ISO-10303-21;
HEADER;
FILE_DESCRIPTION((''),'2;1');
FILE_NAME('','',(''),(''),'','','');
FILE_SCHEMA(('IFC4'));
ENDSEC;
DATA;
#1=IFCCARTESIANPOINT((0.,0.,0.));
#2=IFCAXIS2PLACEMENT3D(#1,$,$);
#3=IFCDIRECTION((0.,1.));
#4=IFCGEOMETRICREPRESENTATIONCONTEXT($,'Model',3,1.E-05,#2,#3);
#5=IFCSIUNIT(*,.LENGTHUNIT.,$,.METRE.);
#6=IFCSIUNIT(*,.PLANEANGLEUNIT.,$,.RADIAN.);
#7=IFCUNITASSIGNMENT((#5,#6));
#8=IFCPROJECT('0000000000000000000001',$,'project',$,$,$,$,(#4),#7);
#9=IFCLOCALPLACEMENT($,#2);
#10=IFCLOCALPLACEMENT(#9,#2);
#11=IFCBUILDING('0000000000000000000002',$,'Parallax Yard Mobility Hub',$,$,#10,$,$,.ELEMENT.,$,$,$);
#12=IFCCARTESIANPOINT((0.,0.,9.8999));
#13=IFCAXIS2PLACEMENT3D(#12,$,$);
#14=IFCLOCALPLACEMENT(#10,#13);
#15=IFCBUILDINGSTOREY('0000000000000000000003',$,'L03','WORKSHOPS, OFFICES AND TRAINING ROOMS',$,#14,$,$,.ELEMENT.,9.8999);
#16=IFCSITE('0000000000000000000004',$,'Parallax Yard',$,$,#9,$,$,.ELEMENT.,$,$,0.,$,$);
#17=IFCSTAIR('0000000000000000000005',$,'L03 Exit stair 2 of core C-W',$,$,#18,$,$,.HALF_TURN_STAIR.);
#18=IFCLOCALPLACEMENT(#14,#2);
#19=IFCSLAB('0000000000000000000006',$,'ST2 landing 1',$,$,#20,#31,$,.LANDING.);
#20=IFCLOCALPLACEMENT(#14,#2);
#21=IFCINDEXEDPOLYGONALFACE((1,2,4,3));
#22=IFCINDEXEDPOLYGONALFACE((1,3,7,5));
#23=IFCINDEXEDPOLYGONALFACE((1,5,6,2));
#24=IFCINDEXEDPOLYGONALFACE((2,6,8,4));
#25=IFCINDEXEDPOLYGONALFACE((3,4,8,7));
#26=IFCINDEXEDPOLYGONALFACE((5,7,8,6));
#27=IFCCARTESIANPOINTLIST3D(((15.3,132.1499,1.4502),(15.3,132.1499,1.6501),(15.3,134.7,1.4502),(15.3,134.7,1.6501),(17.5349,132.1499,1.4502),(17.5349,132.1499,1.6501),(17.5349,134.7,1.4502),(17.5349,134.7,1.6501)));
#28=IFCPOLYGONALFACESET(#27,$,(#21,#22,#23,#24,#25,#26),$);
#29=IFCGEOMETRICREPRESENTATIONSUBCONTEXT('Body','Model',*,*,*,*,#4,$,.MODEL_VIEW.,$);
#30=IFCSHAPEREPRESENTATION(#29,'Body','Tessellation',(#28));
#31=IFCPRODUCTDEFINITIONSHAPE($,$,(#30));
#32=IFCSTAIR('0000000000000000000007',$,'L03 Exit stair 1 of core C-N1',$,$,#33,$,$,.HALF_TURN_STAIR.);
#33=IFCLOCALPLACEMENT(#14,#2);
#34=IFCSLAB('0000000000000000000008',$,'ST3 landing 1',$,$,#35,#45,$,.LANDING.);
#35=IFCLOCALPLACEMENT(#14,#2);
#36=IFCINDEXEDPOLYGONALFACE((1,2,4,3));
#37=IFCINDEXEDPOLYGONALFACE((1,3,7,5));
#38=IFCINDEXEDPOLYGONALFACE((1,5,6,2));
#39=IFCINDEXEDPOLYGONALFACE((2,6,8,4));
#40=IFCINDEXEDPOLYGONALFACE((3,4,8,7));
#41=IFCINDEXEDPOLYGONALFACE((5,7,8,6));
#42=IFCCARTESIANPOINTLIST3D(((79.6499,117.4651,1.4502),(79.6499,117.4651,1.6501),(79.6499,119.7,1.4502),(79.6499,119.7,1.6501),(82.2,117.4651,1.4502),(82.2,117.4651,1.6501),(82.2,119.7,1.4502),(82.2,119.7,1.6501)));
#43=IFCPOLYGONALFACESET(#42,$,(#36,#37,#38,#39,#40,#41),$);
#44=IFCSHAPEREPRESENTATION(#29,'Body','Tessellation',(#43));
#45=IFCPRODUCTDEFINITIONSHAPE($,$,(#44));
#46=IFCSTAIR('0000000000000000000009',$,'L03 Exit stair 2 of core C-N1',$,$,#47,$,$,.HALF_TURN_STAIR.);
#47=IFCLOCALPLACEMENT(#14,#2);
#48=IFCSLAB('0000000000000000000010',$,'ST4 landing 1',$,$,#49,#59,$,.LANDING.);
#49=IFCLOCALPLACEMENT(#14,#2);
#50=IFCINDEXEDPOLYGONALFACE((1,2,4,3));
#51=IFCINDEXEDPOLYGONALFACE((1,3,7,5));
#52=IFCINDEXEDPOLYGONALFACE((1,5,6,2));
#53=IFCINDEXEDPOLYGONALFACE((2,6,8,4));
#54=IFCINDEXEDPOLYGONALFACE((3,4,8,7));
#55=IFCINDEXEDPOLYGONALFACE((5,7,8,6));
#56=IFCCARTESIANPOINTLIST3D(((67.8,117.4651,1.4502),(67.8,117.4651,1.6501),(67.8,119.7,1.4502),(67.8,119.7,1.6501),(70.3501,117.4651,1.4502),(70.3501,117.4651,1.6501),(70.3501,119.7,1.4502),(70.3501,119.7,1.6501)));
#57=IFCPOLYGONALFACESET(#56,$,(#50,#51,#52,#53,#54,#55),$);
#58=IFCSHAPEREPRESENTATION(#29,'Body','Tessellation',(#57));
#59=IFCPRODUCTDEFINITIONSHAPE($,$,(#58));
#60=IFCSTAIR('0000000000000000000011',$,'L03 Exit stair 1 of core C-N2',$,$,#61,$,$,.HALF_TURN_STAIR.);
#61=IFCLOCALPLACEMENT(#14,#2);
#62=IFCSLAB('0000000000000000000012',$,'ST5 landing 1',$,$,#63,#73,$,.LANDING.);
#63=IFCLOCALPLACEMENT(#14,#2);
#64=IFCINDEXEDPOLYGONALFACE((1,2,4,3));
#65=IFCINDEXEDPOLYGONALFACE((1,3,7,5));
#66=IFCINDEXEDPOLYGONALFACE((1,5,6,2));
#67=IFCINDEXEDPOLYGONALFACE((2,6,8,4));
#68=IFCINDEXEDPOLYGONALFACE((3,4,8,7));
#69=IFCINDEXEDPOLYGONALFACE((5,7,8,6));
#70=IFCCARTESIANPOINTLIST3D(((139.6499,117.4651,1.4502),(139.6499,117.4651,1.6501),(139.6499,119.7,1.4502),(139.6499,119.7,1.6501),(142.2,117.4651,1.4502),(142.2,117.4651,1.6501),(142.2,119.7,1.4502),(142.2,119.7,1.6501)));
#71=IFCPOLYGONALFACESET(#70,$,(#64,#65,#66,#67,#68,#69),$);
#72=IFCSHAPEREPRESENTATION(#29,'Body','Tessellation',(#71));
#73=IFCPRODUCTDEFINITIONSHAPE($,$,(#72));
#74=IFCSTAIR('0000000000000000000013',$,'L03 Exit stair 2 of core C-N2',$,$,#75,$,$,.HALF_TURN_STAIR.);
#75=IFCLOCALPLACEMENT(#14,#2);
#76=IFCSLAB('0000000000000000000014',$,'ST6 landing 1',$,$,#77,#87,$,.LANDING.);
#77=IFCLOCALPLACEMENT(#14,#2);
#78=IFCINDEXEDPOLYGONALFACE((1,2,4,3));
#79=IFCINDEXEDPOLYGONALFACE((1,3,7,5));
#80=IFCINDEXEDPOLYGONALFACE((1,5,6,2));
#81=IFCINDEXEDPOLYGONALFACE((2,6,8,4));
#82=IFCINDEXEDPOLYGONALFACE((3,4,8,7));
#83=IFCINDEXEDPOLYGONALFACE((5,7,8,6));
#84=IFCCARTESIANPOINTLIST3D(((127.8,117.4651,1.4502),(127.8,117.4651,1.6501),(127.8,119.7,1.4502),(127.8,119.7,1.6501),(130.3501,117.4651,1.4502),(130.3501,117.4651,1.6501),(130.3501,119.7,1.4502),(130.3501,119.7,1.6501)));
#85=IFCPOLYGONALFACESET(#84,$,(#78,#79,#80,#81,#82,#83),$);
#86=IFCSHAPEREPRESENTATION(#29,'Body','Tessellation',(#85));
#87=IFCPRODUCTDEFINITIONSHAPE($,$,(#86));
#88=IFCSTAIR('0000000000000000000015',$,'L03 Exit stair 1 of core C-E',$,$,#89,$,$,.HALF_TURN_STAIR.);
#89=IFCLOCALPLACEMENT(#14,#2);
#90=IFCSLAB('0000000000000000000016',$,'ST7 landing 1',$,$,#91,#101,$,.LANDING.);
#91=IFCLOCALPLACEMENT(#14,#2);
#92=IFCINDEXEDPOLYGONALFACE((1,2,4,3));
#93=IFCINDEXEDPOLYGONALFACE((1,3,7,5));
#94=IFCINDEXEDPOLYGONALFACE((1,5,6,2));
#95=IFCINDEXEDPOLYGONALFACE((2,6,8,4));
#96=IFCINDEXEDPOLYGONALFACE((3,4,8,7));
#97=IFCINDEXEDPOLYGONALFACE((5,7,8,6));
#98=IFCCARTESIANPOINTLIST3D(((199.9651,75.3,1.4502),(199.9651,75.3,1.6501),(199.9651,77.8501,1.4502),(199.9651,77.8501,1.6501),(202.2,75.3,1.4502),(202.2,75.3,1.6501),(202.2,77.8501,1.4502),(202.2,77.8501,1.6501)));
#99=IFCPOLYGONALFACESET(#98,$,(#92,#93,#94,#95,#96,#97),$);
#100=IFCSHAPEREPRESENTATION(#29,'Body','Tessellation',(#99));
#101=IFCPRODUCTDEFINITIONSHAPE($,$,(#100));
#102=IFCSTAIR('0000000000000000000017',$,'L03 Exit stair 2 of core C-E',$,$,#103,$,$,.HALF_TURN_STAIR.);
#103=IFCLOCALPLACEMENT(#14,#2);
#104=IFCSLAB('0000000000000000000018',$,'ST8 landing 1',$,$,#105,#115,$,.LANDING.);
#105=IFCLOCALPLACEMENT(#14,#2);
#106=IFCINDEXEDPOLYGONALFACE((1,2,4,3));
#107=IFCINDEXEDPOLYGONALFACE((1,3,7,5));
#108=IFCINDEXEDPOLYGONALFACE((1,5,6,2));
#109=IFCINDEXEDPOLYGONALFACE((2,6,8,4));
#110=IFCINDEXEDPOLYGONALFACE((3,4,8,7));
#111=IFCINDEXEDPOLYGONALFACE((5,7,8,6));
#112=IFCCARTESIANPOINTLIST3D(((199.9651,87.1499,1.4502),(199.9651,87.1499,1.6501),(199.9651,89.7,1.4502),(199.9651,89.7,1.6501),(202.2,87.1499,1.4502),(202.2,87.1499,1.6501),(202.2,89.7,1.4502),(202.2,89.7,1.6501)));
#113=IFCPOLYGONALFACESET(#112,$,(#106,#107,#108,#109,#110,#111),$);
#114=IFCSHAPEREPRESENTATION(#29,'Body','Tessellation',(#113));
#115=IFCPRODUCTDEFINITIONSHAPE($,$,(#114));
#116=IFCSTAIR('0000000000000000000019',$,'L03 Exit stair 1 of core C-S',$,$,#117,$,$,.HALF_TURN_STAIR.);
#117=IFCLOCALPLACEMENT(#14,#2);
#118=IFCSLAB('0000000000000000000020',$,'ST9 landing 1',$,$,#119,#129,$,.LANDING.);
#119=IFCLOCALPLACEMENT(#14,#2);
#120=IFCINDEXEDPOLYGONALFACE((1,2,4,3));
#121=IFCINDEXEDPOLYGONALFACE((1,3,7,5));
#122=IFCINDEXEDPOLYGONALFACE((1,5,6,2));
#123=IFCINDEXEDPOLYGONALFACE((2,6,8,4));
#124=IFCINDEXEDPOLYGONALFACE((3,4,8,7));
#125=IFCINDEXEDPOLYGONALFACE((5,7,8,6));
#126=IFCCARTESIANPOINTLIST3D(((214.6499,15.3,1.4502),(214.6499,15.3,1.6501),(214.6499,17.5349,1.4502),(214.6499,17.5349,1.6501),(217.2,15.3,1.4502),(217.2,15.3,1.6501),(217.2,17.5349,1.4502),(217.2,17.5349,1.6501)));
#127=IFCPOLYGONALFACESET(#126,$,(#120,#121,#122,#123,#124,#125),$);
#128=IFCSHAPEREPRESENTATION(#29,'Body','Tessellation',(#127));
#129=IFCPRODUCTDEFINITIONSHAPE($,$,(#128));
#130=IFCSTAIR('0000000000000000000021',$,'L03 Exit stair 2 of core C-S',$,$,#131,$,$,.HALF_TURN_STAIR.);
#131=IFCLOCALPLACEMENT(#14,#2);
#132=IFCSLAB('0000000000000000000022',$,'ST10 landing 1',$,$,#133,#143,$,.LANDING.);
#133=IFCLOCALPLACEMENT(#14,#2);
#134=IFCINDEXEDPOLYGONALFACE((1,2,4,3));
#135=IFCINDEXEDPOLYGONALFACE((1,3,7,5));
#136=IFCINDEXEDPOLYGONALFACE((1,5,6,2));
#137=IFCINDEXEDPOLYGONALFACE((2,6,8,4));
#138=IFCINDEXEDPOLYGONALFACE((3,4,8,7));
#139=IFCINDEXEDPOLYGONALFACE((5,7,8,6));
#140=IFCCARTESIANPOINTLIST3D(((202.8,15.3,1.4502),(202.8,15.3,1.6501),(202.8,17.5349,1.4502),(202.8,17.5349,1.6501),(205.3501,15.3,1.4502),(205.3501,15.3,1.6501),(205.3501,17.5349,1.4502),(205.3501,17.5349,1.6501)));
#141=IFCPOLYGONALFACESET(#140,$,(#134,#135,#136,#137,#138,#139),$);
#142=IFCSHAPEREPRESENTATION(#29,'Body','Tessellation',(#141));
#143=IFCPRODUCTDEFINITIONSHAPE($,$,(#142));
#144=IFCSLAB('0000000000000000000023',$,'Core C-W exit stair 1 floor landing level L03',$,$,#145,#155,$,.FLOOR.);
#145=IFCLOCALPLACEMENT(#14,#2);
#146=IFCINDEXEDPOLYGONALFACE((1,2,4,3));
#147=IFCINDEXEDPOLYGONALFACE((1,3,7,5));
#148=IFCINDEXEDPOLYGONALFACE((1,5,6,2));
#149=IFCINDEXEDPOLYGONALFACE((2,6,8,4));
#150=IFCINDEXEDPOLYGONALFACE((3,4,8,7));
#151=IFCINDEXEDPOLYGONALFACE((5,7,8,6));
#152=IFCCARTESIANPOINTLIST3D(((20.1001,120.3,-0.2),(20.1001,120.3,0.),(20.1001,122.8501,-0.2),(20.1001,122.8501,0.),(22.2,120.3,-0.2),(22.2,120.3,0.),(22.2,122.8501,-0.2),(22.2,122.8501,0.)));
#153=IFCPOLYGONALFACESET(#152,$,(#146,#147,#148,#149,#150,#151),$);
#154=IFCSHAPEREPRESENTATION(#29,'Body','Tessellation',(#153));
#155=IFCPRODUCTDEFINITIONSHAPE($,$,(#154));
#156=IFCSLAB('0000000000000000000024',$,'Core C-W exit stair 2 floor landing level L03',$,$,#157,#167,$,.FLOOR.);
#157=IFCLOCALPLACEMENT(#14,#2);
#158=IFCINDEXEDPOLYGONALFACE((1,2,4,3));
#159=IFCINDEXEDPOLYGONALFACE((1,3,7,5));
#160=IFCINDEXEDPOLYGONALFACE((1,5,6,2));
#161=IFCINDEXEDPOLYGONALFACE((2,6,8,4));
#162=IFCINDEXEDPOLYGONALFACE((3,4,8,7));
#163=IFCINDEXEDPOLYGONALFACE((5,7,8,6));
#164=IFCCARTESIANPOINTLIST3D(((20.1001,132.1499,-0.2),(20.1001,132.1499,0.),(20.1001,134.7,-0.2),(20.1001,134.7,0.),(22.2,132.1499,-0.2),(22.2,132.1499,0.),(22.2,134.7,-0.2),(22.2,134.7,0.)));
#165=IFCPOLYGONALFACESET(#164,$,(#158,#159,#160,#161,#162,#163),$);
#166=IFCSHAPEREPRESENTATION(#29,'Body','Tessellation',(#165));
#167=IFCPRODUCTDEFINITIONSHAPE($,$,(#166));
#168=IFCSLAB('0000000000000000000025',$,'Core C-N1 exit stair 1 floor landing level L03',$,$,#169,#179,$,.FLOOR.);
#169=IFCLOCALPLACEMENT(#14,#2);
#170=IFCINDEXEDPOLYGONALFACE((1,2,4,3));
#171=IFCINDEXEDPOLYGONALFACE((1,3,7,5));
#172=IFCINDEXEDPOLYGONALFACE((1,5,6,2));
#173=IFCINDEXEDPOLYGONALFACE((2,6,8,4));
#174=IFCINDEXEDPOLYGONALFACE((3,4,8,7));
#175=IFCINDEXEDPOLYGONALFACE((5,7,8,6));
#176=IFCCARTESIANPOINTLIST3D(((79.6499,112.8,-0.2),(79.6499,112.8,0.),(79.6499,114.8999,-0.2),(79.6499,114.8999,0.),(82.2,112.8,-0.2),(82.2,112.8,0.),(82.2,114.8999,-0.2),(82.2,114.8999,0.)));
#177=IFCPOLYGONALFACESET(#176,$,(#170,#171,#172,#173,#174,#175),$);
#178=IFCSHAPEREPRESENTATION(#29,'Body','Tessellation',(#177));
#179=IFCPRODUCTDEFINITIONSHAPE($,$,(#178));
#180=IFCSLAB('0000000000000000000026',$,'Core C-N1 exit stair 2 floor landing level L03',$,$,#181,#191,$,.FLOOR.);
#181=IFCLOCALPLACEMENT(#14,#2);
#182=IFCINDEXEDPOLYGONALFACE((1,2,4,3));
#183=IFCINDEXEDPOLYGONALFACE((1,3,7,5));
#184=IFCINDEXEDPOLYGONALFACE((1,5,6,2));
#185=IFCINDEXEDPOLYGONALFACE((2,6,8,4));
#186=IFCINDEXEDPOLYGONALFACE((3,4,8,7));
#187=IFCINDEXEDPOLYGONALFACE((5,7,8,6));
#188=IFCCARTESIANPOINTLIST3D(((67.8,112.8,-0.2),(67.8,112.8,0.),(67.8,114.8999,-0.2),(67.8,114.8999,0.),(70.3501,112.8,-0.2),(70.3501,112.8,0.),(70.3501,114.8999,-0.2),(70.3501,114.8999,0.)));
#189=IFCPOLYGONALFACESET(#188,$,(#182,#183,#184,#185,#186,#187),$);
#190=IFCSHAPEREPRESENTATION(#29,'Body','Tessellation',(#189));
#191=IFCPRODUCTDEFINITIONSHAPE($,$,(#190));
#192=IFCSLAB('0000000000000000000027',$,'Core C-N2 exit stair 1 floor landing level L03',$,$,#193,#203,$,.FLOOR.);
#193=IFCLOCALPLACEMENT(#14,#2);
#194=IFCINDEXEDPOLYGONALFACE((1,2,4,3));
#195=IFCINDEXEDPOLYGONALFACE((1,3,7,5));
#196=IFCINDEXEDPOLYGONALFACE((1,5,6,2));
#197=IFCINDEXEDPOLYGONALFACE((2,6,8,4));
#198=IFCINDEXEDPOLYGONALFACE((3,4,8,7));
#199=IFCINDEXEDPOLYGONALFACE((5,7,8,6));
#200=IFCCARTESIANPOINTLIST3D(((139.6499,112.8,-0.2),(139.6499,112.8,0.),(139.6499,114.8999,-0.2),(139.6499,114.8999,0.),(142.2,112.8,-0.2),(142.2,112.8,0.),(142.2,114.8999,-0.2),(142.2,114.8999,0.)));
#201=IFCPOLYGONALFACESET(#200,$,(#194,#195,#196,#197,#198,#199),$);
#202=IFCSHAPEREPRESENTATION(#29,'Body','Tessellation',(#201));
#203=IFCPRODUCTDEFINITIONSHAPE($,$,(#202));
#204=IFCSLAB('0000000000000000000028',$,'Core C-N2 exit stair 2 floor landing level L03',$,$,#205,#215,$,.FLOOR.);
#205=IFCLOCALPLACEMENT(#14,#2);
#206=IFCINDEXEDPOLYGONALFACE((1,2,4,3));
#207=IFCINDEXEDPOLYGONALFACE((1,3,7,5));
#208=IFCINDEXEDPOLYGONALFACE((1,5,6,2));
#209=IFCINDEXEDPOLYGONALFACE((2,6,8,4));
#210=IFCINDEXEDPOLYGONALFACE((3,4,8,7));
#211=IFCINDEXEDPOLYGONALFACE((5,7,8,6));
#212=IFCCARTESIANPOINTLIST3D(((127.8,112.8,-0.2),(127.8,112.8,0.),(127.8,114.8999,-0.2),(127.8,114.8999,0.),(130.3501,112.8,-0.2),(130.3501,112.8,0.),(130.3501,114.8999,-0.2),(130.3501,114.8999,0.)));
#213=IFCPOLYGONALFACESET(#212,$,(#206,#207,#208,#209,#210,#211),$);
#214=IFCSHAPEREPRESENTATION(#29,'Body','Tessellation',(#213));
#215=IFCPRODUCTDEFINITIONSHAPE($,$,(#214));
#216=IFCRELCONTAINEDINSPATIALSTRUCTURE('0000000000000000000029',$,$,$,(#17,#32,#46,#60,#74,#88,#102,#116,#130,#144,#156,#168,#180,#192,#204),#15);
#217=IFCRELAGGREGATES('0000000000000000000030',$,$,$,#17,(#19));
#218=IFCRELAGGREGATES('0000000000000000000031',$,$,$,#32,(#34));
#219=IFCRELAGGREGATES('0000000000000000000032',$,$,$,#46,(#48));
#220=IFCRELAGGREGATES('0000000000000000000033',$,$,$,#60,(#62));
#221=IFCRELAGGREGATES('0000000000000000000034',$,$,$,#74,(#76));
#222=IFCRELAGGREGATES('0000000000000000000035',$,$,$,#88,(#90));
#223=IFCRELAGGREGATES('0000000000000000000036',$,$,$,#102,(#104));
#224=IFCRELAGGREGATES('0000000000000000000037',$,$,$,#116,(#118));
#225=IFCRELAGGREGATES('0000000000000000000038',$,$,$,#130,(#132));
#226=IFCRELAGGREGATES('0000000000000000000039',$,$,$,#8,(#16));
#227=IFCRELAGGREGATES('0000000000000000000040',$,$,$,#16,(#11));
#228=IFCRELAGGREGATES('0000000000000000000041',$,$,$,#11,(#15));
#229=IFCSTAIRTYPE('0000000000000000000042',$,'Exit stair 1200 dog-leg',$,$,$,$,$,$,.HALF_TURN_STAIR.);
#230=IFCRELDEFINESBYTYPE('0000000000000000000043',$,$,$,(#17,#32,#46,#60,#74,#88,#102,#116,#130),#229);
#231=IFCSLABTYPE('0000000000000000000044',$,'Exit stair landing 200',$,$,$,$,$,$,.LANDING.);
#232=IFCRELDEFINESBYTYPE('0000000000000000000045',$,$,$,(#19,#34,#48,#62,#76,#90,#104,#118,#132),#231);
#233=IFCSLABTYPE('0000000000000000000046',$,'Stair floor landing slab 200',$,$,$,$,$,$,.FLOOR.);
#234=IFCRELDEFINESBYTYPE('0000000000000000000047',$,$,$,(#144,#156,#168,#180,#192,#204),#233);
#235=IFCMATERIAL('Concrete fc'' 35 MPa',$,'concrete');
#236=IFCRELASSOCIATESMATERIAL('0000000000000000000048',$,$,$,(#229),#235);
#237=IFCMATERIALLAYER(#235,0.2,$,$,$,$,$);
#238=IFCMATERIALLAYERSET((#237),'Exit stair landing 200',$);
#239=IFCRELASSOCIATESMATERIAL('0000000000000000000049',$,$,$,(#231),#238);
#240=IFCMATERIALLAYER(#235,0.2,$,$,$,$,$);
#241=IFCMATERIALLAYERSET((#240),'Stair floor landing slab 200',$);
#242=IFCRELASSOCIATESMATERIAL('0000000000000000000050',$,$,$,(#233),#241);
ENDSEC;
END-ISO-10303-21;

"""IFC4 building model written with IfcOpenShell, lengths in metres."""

from ifc_helpers import new_model, si_unit, direction, frame, origin, place, context, subcontext, project, spatial, polyline, outline, extrude, material, layer, layer_set, type_object, element, aggregate, save


model = new_model("IFC4")

# Units and contexts
model_context = context("Model", 3, precision=1e-05, world=origin(), true_north=direction((0.0, 1.0)))
body_context = subcontext(model_context, "Body", "Model", "MODEL_VIEW")
ifc_project = project(units=[si_unit("LENGTHUNIT", "METRE"), si_unit("PLANEANGLEUNIT", "RADIAN")], contexts=[model_context])

# Site, building, storey
site_placement = place(None, origin())
site = spatial("IfcSite", under=ifc_project, at=site_placement, Name="Parallax Yard", CompositionType="ELEMENT", RefElevation=0.0)
building_placement = place(site_placement, origin())
building = spatial("IfcBuilding", under=site, at=building_placement, Name="Parallax Yard Mobility Hub", CompositionType="ELEMENT")
storey_placement = place(building_placement, frame((0.0, 0.0, 9.8999)))
storey = spatial("IfcBuildingStorey", under=building, at=storey_placement, Name="L03", Description="WORKSHOPS, OFFICES AND TRAINING ROOMS", CompositionType="ELEMENT", Elevation=9.8999)

# Shared definitions
ifc_material_1 = material(Name="Concrete fc' 35 MPa", Category="concrete")

# Stairs, slabs
stair_type = type_object("IfcStairType", Name="Exit stair 1200 dog-leg", PredefinedType="HALF_TURN_STAIR", material=ifc_material_1)
ifc_layer_1 = layer(ifc_material_1, 0.2)
ifc_layer_set_1 = layer_set([ifc_layer_1], Name="Exit stair landing 200")
slab_type_1 = type_object("IfcSlabType", Name="Exit stair landing 200", PredefinedType="LANDING", material=ifc_layer_set_1)
stair_1_placement = place(storey_placement, origin())
stair_1 = element("IfcStair", 1, at=stair_1_placement, inside=storey, type_object=stair_type, Name="L03 Exit stair 2 of core C-W", PredefinedType="HALF_TURN_STAIR")
slab_1_placement = place(storey_placement, frame((0.0, 0.0, 1.4502)))
slab_1 = element("IfcSlab", 2, at=slab_1_placement, type_object=slab_type_1, Name="ST2 landing 1", PredefinedType="LANDING", context=body_context, shape_type="SweptSolid", body=[
    extrude(outline(polyline([(17.5349, 134.7), (15.3, 134.7), (15.3, 132.1499), (17.5349, 132.1499), (17.5349, 134.7)])), origin(), (0.0, 0.0, 1.0), 0.2),
])
aggregate(stair_1, [slab_1])
stair_2_placement = place(storey_placement, origin())
stair_2 = element("IfcStair", 3, at=stair_2_placement, inside=storey, type_object=stair_type, Name="L03 Exit stair 1 of core C-N1", PredefinedType="HALF_TURN_STAIR")
slab_2_placement = place(storey_placement, frame((0.0, 0.0, 1.4502)))
slab_2 = element("IfcSlab", 4, at=slab_2_placement, type_object=slab_type_1, Name="ST3 landing 1", PredefinedType="LANDING", context=body_context, shape_type="SweptSolid", body=[
    extrude(outline(polyline([(82.2, 117.4651), (82.2, 119.7), (79.6499, 119.7), (79.6499, 117.4651), (82.2, 117.4651)])), origin(), (0.0, 0.0, 1.0), 0.2),
])
aggregate(stair_2, [slab_2])
stair_3_placement = place(storey_placement, origin())
stair_3 = element("IfcStair", 5, at=stair_3_placement, inside=storey, type_object=stair_type, Name="L03 Exit stair 2 of core C-N1", PredefinedType="HALF_TURN_STAIR")
slab_3_placement = place(storey_placement, frame((0.0, 0.0, 1.4502)))
slab_3 = element("IfcSlab", 6, at=slab_3_placement, type_object=slab_type_1, Name="ST4 landing 1", PredefinedType="LANDING", context=body_context, shape_type="SweptSolid", body=[
    extrude(outline(polyline([(70.3501, 117.4651), (70.3501, 119.7), (67.8, 119.7), (67.8, 117.4651), (70.3501, 117.4651)])), origin(), (0.0, 0.0, 1.0), 0.2),
])
aggregate(stair_3, [slab_3])
stair_4_placement = place(storey_placement, origin())
stair_4 = element("IfcStair", 7, at=stair_4_placement, inside=storey, type_object=stair_type, Name="L03 Exit stair 1 of core C-N2", PredefinedType="HALF_TURN_STAIR")
slab_4_placement = place(storey_placement, frame((0.0, 0.0, 1.4502)))
slab_4 = element("IfcSlab", 8, at=slab_4_placement, type_object=slab_type_1, Name="ST5 landing 1", PredefinedType="LANDING", context=body_context, shape_type="SweptSolid", body=[
    extrude(outline(polyline([(142.2, 117.4651), (142.2, 119.7), (139.6499, 119.7), (139.6499, 117.4651), (142.2, 117.4651)])), origin(), (0.0, 0.0, 1.0), 0.2),
])
aggregate(stair_4, [slab_4])
stair_5_placement = place(storey_placement, origin())
stair_5 = element("IfcStair", 9, at=stair_5_placement, inside=storey, type_object=stair_type, Name="L03 Exit stair 2 of core C-N2", PredefinedType="HALF_TURN_STAIR")
slab_5_placement = place(storey_placement, frame((0.0, 0.0, 1.4502)))
slab_5 = element("IfcSlab", 10, at=slab_5_placement, type_object=slab_type_1, Name="ST6 landing 1", PredefinedType="LANDING", context=body_context, shape_type="SweptSolid", body=[
    extrude(outline(polyline([(130.3501, 117.4651), (130.3501, 119.7), (127.8, 119.7), (127.8, 117.4651), (130.3501, 117.4651)])), origin(), (0.0, 0.0, 1.0), 0.2),
])
aggregate(stair_5, [slab_5])
stair_6_placement = place(storey_placement, origin())
stair_6 = element("IfcStair", 11, at=stair_6_placement, inside=storey, type_object=stair_type, Name="L03 Exit stair 1 of core C-E", PredefinedType="HALF_TURN_STAIR")
slab_6_placement = place(storey_placement, frame((0.0, 0.0, 1.4502)))
slab_6 = element("IfcSlab", 12, at=slab_6_placement, type_object=slab_type_1, Name="ST7 landing 1", PredefinedType="LANDING", context=body_context, shape_type="SweptSolid", body=[
    extrude(outline(polyline([(199.9651, 75.3), (202.2, 75.3), (202.2, 77.8501), (199.9651, 77.8501), (199.9651, 75.3)])), origin(), (0.0, 0.0, 1.0), 0.2),
])
aggregate(stair_6, [slab_6])
stair_7_placement = place(storey_placement, origin())
stair_7 = element("IfcStair", 13, at=stair_7_placement, inside=storey, type_object=stair_type, Name="L03 Exit stair 2 of core C-E", PredefinedType="HALF_TURN_STAIR")
slab_7_placement = place(storey_placement, frame((0.0, 0.0, 1.4502)))
slab_7 = element("IfcSlab", 14, at=slab_7_placement, type_object=slab_type_1, Name="ST8 landing 1", PredefinedType="LANDING", context=body_context, shape_type="SweptSolid", body=[
    extrude(outline(polyline([(199.9651, 87.1499), (202.2, 87.1499), (202.2, 89.7), (199.9651, 89.7), (199.9651, 87.1499)])), origin(), (0.0, 0.0, 1.0), 0.2),
])
aggregate(stair_7, [slab_7])
stair_8_placement = place(storey_placement, origin())
stair_8 = element("IfcStair", 15, at=stair_8_placement, inside=storey, type_object=stair_type, Name="L03 Exit stair 1 of core C-S", PredefinedType="HALF_TURN_STAIR")
slab_8_placement = place(storey_placement, frame((0.0, 0.0, 1.4502)))
slab_8 = element("IfcSlab", 16, at=slab_8_placement, type_object=slab_type_1, Name="ST9 landing 1", PredefinedType="LANDING", context=body_context, shape_type="SweptSolid", body=[
    extrude(outline(polyline([(214.6499, 17.5349), (214.6499, 15.3), (217.2, 15.3), (217.2, 17.5349), (214.6499, 17.5349)])), origin(), (0.0, 0.0, 1.0), 0.2),
])
aggregate(stair_8, [slab_8])
stair_9_placement = place(storey_placement, origin())
stair_9 = element("IfcStair", 17, at=stair_9_placement, inside=storey, type_object=stair_type, Name="L03 Exit stair 2 of core C-S", PredefinedType="HALF_TURN_STAIR")
slab_9_placement = place(storey_placement, frame((0.0, 0.0, 1.4502)))
slab_9 = element("IfcSlab", 18, at=slab_9_placement, type_object=slab_type_1, Name="ST10 landing 1", PredefinedType="LANDING", context=body_context, shape_type="SweptSolid", body=[
    extrude(outline(polyline([(202.8, 17.5349), (202.8, 15.3), (205.3501, 15.3), (205.3501, 17.5349), (202.8, 17.5349)])), origin(), (0.0, 0.0, 1.0), 0.2),
])
aggregate(stair_9, [slab_9])

# Slabs
ifc_layer_2 = layer(ifc_material_1, 0.2)
ifc_layer_set_2 = layer_set([ifc_layer_2], Name="Stair floor landing slab 200")
slab_type_2 = type_object("IfcSlabType", Name="Stair floor landing slab 200", PredefinedType="FLOOR", material=ifc_layer_set_2)
slab_10_placement = place(storey_placement, frame((0.0, 0.0, -0.2)))
element("IfcSlab", 19, at=slab_10_placement, inside=storey, type_object=slab_type_2, Name="Core C-W exit stair 1 floor landing level L03", PredefinedType="FLOOR", context=body_context, shape_type="SweptSolid", body=[
    extrude(outline(polyline([(20.1001, 120.3), (20.1001, 122.8501), (22.2, 122.8501), (22.2, 120.3), (20.1001, 120.3)])), origin(), (0.0, 0.0, 1.0), 0.2),
])
slab_11_placement = place(storey_placement, frame((0.0, 0.0, -0.2)))
element("IfcSlab", 20, at=slab_11_placement, inside=storey, type_object=slab_type_2, Name="Core C-W exit stair 2 floor landing level L03", PredefinedType="FLOOR", context=body_context, shape_type="SweptSolid", body=[
    extrude(outline(polyline([(20.1001, 132.1499), (20.1001, 134.7), (22.2, 134.7), (22.2, 132.1499), (20.1001, 132.1499)])), origin(), (0.0, 0.0, 1.0), 0.2),
])
slab_12_placement = place(storey_placement, frame((0.0, 0.0, -0.2)))
element("IfcSlab", 21, at=slab_12_placement, inside=storey, type_object=slab_type_2, Name="Core C-N1 exit stair 1 floor landing level L03", PredefinedType="FLOOR", context=body_context, shape_type="SweptSolid", body=[
    extrude(outline(polyline([(79.6499, 114.8999), (79.6499, 112.8), (82.2, 112.8), (82.2, 114.8999), (79.6499, 114.8999)])), origin(), (0.0, 0.0, 1.0), 0.2),
])
slab_13_placement = place(storey_placement, frame((0.0, 0.0, -0.2)))
element("IfcSlab", 22, at=slab_13_placement, inside=storey, type_object=slab_type_2, Name="Core C-N1 exit stair 2 floor landing level L03", PredefinedType="FLOOR", context=body_context, shape_type="SweptSolid", body=[
    extrude(outline(polyline([(67.8, 114.8999), (67.8, 112.8), (70.3501, 112.8), (70.3501, 114.8999), (67.8, 114.8999)])), origin(), (0.0, 0.0, 1.0), 0.2),
])
slab_14_placement = place(storey_placement, frame((0.0, 0.0, -0.2)))
element("IfcSlab", 23, at=slab_14_placement, inside=storey, type_object=slab_type_2, Name="Core C-N2 exit stair 1 floor landing level L03", PredefinedType="FLOOR", context=body_context, shape_type="SweptSolid", body=[
    extrude(outline(polyline([(139.6499, 114.8999), (139.6499, 112.8), (142.2, 112.8), (142.2, 114.8999), (139.6499, 114.8999)])), origin(), (0.0, 0.0, 1.0), 0.2),
])
slab_15_placement = place(storey_placement, frame((0.0, 0.0, -0.2)))
element("IfcSlab", 24, at=slab_15_placement, inside=storey, type_object=slab_type_2, Name="Core C-N2 exit stair 2 floor landing level L03", PredefinedType="FLOOR", context=body_context, shape_type="SweptSolid", body=[
    extrude(outline(polyline([(127.8, 114.8999), (127.8, 112.8), (130.3501, 112.8), (130.3501, 114.8999), (127.8, 114.8999)])), origin(), (0.0, 0.0, 1.0), 0.2),
])

save(model, "model.ifc")
